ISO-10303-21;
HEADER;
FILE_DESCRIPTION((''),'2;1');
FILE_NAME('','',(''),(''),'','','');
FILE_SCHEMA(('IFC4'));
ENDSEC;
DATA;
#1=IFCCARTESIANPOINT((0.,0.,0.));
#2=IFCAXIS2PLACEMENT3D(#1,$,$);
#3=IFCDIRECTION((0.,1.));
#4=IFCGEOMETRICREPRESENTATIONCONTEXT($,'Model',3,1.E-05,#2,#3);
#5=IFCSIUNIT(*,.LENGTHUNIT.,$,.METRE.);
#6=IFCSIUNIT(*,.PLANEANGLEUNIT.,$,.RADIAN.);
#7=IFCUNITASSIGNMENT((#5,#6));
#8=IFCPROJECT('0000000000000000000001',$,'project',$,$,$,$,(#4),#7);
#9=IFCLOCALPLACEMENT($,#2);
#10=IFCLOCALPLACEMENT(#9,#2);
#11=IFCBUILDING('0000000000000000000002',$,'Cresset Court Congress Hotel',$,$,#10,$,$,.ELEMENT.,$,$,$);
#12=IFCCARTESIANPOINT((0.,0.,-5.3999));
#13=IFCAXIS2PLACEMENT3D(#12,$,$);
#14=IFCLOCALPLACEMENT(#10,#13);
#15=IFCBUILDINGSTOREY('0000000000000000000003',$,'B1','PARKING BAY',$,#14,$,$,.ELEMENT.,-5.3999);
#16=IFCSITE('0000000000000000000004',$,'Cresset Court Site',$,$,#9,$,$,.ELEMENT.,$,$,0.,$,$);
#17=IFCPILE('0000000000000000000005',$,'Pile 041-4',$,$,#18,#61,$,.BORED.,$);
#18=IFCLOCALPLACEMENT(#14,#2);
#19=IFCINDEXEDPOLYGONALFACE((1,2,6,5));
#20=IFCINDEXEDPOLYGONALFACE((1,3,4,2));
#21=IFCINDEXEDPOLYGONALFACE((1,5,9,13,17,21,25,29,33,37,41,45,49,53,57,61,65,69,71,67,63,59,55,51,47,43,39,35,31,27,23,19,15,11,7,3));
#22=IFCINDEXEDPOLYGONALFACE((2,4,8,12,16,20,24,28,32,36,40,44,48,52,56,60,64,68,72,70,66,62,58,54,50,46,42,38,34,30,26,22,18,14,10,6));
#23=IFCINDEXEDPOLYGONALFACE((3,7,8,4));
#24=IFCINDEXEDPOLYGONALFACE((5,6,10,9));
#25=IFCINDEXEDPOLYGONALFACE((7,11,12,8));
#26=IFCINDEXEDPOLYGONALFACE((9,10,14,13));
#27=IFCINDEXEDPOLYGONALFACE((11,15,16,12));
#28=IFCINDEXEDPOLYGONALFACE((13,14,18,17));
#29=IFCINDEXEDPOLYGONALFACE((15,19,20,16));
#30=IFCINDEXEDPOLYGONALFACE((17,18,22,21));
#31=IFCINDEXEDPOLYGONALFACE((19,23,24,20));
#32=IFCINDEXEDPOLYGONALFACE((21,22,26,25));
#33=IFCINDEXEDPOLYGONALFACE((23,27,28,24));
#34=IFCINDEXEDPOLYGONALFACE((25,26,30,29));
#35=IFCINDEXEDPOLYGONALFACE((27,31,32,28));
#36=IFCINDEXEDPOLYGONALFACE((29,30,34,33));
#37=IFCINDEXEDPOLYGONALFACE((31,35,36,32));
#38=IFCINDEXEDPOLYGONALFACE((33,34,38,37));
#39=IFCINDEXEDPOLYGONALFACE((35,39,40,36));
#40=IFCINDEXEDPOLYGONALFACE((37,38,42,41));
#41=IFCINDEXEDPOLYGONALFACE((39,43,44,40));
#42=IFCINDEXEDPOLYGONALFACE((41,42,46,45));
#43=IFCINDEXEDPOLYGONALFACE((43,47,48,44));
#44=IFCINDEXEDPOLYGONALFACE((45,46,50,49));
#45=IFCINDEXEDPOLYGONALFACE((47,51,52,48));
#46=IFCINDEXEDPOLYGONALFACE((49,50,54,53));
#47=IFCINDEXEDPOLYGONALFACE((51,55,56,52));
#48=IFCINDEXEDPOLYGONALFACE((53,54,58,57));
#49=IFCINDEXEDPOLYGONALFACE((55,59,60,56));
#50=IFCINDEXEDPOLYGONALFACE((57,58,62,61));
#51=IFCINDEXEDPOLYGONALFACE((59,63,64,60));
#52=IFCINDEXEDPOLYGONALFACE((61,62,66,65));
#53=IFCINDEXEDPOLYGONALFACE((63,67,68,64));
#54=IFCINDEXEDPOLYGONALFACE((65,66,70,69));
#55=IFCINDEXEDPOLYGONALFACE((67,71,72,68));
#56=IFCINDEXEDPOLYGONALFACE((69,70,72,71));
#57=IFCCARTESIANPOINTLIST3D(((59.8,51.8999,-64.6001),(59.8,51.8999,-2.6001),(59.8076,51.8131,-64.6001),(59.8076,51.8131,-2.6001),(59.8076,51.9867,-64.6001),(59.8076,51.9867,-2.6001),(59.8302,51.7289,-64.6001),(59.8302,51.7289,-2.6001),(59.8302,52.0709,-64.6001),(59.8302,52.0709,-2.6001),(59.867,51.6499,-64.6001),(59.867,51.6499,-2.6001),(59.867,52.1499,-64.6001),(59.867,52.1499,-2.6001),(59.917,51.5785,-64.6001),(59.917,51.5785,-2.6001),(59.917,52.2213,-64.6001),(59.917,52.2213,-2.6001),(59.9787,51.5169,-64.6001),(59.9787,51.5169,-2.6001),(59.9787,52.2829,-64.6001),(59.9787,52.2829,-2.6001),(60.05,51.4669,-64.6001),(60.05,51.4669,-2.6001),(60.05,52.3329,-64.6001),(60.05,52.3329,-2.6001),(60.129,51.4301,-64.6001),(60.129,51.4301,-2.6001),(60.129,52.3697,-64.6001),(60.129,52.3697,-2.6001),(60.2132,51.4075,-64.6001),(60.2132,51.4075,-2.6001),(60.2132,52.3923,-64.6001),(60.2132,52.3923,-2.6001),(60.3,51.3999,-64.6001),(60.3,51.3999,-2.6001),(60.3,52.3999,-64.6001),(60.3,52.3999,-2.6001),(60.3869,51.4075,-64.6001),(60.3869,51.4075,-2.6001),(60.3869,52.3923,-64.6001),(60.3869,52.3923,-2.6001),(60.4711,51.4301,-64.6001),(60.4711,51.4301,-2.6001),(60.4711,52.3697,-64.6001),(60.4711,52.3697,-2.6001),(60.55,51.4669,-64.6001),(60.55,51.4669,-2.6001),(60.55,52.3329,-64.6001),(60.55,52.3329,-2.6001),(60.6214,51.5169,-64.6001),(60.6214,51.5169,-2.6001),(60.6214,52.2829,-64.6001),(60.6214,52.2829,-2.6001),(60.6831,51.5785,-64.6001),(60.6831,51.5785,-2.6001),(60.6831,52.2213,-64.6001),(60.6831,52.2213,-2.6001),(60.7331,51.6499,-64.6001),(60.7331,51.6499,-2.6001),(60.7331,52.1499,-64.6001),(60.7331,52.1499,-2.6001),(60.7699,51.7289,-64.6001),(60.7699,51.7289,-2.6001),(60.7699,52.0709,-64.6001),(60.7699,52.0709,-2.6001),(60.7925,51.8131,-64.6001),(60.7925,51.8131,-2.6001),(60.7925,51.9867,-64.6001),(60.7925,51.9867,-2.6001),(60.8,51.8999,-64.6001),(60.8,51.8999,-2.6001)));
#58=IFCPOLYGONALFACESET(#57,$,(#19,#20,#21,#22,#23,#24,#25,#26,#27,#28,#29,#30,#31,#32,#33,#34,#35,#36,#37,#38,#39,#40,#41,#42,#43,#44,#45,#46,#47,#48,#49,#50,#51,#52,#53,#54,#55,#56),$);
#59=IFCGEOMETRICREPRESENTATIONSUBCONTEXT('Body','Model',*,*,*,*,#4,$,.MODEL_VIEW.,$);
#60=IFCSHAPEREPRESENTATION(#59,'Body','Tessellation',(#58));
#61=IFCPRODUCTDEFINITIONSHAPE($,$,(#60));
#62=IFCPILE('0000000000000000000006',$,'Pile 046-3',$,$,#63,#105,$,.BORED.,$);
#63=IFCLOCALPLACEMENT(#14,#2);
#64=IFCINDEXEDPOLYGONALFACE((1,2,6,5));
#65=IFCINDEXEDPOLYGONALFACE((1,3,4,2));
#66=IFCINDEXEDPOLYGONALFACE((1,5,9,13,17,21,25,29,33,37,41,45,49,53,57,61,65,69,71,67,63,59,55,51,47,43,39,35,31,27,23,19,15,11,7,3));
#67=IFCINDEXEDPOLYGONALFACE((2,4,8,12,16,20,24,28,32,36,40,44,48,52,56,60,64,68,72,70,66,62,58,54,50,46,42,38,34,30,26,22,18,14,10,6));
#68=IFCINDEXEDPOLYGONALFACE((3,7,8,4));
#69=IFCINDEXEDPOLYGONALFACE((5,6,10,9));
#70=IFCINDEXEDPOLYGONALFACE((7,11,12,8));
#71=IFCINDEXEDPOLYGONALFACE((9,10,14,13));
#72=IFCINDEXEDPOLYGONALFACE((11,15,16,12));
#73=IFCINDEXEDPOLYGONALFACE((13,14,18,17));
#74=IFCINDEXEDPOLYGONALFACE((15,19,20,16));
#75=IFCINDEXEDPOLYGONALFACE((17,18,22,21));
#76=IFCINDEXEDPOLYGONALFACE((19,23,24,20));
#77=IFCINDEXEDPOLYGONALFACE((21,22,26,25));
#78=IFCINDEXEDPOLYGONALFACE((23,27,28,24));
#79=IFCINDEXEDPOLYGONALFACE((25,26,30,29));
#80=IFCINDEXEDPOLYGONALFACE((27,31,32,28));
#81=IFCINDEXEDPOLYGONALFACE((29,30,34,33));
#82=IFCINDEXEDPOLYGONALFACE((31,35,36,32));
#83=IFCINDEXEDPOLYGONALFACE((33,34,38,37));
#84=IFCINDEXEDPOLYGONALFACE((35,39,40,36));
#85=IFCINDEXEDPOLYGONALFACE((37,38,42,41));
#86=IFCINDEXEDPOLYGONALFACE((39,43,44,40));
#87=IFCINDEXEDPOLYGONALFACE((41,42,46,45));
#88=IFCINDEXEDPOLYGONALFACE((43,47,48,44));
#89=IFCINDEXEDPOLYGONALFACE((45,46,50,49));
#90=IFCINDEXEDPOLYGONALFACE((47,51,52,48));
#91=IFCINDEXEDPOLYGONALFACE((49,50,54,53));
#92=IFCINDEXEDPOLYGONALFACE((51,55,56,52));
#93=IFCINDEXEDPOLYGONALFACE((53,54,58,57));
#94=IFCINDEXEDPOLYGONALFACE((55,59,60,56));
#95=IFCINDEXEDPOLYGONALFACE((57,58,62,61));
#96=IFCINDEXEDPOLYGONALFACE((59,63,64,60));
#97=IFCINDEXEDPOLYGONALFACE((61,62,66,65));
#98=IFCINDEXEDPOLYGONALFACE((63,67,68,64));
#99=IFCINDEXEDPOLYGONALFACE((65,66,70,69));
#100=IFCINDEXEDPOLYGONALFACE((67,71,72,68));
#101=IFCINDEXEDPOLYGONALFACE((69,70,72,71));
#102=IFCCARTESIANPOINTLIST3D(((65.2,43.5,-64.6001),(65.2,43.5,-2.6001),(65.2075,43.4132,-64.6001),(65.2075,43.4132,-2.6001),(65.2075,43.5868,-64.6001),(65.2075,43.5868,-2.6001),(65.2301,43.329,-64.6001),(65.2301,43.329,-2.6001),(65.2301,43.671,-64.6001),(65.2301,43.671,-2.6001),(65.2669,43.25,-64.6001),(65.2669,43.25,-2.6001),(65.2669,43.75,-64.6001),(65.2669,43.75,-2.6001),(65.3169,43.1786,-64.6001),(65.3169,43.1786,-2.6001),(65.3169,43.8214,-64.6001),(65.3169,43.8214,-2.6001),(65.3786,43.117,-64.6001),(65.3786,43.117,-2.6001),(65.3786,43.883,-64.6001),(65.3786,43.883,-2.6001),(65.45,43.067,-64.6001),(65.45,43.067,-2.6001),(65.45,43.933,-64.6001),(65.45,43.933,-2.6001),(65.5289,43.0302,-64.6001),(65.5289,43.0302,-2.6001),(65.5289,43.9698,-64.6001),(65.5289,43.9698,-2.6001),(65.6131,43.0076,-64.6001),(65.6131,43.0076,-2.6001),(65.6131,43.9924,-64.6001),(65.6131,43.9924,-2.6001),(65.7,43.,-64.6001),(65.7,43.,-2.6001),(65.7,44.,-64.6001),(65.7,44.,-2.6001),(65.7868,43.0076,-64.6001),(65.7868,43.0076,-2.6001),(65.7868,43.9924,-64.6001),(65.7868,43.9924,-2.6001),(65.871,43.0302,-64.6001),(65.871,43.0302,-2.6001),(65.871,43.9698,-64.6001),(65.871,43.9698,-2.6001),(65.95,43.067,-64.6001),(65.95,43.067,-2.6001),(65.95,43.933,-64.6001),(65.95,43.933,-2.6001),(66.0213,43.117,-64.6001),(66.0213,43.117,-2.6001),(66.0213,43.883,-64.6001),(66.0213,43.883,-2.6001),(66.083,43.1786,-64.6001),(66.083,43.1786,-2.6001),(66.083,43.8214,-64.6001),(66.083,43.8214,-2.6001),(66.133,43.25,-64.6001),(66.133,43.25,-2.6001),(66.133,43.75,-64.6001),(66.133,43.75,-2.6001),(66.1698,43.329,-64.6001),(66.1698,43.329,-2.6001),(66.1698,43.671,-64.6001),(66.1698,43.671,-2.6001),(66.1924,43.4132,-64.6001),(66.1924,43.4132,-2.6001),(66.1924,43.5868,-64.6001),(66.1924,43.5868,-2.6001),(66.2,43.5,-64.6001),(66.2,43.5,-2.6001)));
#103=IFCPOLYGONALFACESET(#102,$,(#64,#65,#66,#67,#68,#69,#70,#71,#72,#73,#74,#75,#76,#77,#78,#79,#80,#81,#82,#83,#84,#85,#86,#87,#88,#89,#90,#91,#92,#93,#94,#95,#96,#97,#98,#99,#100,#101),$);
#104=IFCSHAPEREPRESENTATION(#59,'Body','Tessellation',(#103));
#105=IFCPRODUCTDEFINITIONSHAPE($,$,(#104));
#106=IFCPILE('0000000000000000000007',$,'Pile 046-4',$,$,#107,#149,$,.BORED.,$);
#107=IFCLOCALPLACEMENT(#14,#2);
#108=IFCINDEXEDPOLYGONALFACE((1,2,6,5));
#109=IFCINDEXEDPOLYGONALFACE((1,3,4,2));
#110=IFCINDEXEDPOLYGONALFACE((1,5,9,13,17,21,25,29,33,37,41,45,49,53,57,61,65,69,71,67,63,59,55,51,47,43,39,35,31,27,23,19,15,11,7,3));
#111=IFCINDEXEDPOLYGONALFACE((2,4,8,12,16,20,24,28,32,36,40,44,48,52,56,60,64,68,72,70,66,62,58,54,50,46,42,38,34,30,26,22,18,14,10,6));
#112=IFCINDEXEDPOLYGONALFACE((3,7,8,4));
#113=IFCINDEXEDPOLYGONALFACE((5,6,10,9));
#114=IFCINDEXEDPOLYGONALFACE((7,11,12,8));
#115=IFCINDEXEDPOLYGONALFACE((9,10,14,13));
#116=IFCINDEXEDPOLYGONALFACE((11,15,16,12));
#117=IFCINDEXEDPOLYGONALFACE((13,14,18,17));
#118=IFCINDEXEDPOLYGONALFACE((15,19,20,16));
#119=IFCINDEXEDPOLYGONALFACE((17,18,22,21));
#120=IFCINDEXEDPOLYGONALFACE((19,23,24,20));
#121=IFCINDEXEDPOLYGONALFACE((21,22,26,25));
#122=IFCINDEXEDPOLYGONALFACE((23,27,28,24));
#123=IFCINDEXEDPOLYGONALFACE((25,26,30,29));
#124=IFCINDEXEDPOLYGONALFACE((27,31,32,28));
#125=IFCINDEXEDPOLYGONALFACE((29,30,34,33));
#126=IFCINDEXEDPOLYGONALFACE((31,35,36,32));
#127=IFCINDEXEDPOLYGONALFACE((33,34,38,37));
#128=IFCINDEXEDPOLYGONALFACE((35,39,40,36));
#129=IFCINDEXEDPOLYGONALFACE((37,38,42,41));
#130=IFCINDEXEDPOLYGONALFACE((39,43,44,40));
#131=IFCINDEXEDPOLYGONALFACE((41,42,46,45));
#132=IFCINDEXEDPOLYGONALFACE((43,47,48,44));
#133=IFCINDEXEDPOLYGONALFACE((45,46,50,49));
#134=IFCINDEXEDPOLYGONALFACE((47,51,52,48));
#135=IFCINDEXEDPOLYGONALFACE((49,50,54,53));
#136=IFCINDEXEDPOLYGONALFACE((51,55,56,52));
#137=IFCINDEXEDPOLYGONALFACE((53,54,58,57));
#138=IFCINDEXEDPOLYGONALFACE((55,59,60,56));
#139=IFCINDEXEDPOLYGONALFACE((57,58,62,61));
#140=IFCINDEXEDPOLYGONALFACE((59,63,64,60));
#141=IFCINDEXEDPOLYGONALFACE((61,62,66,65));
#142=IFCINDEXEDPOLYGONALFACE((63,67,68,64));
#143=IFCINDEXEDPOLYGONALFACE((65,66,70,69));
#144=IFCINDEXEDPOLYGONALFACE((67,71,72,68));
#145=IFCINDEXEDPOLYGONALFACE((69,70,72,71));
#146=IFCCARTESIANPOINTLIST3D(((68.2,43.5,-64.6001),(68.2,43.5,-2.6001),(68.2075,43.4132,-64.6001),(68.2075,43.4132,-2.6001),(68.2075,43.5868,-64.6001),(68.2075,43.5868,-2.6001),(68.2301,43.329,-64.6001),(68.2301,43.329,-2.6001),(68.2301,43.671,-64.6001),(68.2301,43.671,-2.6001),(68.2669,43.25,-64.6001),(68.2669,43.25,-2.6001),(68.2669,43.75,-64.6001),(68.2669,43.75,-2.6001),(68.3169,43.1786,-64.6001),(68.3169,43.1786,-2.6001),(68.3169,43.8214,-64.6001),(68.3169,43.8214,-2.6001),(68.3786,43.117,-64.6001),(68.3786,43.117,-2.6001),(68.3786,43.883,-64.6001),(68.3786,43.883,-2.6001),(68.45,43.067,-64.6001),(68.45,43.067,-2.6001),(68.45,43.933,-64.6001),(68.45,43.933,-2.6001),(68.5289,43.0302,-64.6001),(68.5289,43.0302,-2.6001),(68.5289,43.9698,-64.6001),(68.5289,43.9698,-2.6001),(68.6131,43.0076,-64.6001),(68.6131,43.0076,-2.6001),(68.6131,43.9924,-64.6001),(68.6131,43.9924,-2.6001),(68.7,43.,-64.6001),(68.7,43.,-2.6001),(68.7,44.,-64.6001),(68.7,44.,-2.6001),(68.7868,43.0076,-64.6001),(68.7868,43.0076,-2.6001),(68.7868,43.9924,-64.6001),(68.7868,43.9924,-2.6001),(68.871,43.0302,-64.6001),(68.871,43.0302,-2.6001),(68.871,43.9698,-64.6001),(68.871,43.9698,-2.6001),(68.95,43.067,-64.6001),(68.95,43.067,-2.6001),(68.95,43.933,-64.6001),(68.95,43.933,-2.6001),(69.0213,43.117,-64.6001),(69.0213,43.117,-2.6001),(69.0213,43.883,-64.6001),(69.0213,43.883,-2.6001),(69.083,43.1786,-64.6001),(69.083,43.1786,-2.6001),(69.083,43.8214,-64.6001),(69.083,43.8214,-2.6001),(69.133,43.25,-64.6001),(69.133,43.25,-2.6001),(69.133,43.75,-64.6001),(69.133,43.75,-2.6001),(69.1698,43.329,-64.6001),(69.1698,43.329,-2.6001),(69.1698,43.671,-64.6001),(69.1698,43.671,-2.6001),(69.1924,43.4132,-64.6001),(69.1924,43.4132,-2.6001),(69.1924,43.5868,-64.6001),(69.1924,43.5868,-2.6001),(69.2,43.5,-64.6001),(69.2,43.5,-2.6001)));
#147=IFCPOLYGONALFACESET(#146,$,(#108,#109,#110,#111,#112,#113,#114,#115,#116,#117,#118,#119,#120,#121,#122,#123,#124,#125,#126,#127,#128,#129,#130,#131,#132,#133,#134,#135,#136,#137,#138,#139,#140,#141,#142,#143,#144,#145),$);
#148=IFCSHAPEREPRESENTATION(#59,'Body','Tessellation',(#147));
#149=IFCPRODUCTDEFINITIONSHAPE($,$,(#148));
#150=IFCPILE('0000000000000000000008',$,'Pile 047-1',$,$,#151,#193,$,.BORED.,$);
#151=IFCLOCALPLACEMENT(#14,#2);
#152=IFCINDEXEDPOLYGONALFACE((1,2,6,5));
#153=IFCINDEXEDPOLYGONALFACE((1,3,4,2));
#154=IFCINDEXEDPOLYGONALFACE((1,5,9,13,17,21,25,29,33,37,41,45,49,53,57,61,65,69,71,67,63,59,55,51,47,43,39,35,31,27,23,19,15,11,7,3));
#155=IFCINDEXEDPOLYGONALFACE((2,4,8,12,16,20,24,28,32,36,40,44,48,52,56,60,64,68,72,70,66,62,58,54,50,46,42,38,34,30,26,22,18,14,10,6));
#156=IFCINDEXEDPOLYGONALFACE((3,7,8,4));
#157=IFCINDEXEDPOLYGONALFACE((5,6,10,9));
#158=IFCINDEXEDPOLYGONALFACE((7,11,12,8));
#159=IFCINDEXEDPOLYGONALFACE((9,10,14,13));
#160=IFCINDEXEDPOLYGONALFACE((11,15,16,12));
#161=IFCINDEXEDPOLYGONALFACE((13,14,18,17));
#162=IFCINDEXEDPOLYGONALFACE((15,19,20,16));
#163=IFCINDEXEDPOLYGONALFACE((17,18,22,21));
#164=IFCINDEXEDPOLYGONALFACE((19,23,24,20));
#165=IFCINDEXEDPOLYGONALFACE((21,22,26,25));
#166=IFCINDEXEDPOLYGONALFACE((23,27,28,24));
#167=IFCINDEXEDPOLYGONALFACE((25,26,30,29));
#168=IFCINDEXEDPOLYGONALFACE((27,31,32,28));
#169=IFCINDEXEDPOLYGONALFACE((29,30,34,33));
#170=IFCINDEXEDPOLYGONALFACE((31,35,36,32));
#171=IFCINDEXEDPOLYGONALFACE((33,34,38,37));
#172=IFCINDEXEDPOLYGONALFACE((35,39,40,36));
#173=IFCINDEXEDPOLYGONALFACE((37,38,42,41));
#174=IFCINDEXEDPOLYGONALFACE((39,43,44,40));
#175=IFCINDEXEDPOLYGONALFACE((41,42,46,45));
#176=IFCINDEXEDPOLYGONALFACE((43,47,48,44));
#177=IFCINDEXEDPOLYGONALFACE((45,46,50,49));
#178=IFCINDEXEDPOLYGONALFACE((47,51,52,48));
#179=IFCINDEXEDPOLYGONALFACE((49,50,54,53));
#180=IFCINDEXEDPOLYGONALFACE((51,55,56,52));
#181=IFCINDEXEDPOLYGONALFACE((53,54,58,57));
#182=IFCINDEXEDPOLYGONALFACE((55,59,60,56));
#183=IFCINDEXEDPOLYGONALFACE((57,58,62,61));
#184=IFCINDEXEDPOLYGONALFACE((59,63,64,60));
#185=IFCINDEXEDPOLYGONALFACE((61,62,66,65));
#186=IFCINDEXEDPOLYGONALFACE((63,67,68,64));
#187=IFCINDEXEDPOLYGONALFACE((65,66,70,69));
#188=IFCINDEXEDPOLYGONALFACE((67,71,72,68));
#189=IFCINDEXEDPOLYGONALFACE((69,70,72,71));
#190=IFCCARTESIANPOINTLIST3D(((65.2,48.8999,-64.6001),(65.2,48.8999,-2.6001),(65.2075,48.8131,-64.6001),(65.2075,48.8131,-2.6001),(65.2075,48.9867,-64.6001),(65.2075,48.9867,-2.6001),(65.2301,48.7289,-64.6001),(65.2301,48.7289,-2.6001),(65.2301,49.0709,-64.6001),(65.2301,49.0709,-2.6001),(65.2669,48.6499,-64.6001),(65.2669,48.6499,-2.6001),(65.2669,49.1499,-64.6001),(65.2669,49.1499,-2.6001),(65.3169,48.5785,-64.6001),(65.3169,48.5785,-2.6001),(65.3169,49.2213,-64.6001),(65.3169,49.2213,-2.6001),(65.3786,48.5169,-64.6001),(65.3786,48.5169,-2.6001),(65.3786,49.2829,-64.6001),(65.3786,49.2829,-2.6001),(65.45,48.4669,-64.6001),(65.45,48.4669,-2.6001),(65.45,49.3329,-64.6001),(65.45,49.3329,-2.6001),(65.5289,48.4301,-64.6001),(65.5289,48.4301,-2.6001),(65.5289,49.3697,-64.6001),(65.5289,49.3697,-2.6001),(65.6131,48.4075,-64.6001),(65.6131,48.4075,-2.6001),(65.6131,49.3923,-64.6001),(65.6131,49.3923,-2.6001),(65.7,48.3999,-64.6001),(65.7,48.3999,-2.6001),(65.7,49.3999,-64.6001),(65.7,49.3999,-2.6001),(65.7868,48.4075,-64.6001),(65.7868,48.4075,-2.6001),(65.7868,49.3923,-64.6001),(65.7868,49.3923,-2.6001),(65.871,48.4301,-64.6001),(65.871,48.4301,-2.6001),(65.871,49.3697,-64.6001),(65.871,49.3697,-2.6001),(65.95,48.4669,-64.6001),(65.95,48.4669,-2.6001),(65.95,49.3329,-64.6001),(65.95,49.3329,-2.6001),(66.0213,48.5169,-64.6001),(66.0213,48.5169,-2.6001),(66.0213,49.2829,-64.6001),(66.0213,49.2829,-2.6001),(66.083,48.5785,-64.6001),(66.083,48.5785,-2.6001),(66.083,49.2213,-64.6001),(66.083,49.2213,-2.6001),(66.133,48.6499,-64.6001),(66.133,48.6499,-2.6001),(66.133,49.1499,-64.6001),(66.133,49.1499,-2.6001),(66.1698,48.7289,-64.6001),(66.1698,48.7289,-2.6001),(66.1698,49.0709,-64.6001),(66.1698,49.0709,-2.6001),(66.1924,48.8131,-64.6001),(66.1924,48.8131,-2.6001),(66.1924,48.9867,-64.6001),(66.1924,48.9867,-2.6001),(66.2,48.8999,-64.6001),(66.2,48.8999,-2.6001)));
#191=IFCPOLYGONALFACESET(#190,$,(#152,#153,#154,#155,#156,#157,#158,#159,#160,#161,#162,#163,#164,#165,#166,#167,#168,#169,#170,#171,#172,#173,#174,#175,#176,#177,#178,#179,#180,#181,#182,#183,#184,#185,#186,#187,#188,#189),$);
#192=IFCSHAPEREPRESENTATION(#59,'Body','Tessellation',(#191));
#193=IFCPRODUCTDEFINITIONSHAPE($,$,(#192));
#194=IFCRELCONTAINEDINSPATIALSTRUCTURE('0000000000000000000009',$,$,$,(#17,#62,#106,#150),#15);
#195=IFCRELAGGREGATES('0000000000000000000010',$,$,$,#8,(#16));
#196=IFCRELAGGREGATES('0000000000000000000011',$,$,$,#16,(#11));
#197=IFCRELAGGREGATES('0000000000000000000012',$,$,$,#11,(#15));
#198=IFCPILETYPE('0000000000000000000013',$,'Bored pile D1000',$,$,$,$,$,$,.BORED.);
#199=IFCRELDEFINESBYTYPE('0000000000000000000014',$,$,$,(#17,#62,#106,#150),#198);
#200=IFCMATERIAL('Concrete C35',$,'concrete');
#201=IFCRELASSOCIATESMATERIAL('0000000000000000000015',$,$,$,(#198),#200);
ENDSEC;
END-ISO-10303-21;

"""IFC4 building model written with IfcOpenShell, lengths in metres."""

from ifc_helpers import new_model, si_unit, direction, frame, origin, origin_2d, place, context, subcontext, project, spatial, circle, extrude, material, type_object, element, save


model = new_model("IFC4")

# Units and contexts
model_context = context("Model", 3, precision=1e-05, world=origin(), true_north=direction((0.0, 1.0)))
body_context = subcontext(model_context, "Body", "Model", "MODEL_VIEW")
ifc_project = project(units=[si_unit("LENGTHUNIT", "METRE"), si_unit("PLANEANGLEUNIT", "RADIAN")], contexts=[model_context])

# Site, building, storey
site_placement = place(None, origin())
site = spatial("IfcSite", under=ifc_project, at=site_placement, Name="Cresset Court Site", CompositionType="ELEMENT", RefElevation=0.0)
building_placement = place(site_placement, origin())
building = spatial("IfcBuilding", under=site, at=building_placement, Name="Cresset Court Congress Hotel", CompositionType="ELEMENT")
storey_placement = place(building_placement, frame((0.0, 0.0, -5.3999)))
storey = spatial("IfcBuildingStorey", under=building, at=storey_placement, Name="B1", Description="PARKING BAY", CompositionType="ELEMENT", Elevation=-5.3999)

# Piles
ifc_material_1 = material(Name="Concrete C35", Category="concrete")
pile_type = type_object("IfcPileType", Name="Bored pile D1000", PredefinedType="BORED", material=ifc_material_1)
for number, where, z_axis, x_axis, name in (
    (1, (60.3, 51.8999, -2.6001), (0.0, 0.0, -1.0), (1.0, 0.0, 0.0), "Pile 041-4"),
    (2, (65.7, 43.5, -2.6001), (0.0, 0.0, -1.0), (1.0, 0.0, 0.0), "Pile 046-3"),
    (3, (68.7, 43.5, -2.6001), (0.0, 0.0, -1.0), (1.0, 0.0, 0.0), "Pile 046-4"),
    (4, (65.7, 48.8999, -2.6001), (0.0, 0.0, -1.0), (1.0, 0.0, 0.0), "Pile 047-1"),
):
    element("IfcPile", number, at=place(storey_placement, frame(where, z_axis=z_axis, x_axis=x_axis)), inside=storey, type_object=pile_type, Name=name, PredefinedType="BORED", context=body_context, shape_type="SweptSolid", body=[
        extrude(circle(Radius=0.5, at=origin_2d()), origin(), (0.0, 0.0, 1.0), 62.0),
    ])

save(model, "model.ifc")
